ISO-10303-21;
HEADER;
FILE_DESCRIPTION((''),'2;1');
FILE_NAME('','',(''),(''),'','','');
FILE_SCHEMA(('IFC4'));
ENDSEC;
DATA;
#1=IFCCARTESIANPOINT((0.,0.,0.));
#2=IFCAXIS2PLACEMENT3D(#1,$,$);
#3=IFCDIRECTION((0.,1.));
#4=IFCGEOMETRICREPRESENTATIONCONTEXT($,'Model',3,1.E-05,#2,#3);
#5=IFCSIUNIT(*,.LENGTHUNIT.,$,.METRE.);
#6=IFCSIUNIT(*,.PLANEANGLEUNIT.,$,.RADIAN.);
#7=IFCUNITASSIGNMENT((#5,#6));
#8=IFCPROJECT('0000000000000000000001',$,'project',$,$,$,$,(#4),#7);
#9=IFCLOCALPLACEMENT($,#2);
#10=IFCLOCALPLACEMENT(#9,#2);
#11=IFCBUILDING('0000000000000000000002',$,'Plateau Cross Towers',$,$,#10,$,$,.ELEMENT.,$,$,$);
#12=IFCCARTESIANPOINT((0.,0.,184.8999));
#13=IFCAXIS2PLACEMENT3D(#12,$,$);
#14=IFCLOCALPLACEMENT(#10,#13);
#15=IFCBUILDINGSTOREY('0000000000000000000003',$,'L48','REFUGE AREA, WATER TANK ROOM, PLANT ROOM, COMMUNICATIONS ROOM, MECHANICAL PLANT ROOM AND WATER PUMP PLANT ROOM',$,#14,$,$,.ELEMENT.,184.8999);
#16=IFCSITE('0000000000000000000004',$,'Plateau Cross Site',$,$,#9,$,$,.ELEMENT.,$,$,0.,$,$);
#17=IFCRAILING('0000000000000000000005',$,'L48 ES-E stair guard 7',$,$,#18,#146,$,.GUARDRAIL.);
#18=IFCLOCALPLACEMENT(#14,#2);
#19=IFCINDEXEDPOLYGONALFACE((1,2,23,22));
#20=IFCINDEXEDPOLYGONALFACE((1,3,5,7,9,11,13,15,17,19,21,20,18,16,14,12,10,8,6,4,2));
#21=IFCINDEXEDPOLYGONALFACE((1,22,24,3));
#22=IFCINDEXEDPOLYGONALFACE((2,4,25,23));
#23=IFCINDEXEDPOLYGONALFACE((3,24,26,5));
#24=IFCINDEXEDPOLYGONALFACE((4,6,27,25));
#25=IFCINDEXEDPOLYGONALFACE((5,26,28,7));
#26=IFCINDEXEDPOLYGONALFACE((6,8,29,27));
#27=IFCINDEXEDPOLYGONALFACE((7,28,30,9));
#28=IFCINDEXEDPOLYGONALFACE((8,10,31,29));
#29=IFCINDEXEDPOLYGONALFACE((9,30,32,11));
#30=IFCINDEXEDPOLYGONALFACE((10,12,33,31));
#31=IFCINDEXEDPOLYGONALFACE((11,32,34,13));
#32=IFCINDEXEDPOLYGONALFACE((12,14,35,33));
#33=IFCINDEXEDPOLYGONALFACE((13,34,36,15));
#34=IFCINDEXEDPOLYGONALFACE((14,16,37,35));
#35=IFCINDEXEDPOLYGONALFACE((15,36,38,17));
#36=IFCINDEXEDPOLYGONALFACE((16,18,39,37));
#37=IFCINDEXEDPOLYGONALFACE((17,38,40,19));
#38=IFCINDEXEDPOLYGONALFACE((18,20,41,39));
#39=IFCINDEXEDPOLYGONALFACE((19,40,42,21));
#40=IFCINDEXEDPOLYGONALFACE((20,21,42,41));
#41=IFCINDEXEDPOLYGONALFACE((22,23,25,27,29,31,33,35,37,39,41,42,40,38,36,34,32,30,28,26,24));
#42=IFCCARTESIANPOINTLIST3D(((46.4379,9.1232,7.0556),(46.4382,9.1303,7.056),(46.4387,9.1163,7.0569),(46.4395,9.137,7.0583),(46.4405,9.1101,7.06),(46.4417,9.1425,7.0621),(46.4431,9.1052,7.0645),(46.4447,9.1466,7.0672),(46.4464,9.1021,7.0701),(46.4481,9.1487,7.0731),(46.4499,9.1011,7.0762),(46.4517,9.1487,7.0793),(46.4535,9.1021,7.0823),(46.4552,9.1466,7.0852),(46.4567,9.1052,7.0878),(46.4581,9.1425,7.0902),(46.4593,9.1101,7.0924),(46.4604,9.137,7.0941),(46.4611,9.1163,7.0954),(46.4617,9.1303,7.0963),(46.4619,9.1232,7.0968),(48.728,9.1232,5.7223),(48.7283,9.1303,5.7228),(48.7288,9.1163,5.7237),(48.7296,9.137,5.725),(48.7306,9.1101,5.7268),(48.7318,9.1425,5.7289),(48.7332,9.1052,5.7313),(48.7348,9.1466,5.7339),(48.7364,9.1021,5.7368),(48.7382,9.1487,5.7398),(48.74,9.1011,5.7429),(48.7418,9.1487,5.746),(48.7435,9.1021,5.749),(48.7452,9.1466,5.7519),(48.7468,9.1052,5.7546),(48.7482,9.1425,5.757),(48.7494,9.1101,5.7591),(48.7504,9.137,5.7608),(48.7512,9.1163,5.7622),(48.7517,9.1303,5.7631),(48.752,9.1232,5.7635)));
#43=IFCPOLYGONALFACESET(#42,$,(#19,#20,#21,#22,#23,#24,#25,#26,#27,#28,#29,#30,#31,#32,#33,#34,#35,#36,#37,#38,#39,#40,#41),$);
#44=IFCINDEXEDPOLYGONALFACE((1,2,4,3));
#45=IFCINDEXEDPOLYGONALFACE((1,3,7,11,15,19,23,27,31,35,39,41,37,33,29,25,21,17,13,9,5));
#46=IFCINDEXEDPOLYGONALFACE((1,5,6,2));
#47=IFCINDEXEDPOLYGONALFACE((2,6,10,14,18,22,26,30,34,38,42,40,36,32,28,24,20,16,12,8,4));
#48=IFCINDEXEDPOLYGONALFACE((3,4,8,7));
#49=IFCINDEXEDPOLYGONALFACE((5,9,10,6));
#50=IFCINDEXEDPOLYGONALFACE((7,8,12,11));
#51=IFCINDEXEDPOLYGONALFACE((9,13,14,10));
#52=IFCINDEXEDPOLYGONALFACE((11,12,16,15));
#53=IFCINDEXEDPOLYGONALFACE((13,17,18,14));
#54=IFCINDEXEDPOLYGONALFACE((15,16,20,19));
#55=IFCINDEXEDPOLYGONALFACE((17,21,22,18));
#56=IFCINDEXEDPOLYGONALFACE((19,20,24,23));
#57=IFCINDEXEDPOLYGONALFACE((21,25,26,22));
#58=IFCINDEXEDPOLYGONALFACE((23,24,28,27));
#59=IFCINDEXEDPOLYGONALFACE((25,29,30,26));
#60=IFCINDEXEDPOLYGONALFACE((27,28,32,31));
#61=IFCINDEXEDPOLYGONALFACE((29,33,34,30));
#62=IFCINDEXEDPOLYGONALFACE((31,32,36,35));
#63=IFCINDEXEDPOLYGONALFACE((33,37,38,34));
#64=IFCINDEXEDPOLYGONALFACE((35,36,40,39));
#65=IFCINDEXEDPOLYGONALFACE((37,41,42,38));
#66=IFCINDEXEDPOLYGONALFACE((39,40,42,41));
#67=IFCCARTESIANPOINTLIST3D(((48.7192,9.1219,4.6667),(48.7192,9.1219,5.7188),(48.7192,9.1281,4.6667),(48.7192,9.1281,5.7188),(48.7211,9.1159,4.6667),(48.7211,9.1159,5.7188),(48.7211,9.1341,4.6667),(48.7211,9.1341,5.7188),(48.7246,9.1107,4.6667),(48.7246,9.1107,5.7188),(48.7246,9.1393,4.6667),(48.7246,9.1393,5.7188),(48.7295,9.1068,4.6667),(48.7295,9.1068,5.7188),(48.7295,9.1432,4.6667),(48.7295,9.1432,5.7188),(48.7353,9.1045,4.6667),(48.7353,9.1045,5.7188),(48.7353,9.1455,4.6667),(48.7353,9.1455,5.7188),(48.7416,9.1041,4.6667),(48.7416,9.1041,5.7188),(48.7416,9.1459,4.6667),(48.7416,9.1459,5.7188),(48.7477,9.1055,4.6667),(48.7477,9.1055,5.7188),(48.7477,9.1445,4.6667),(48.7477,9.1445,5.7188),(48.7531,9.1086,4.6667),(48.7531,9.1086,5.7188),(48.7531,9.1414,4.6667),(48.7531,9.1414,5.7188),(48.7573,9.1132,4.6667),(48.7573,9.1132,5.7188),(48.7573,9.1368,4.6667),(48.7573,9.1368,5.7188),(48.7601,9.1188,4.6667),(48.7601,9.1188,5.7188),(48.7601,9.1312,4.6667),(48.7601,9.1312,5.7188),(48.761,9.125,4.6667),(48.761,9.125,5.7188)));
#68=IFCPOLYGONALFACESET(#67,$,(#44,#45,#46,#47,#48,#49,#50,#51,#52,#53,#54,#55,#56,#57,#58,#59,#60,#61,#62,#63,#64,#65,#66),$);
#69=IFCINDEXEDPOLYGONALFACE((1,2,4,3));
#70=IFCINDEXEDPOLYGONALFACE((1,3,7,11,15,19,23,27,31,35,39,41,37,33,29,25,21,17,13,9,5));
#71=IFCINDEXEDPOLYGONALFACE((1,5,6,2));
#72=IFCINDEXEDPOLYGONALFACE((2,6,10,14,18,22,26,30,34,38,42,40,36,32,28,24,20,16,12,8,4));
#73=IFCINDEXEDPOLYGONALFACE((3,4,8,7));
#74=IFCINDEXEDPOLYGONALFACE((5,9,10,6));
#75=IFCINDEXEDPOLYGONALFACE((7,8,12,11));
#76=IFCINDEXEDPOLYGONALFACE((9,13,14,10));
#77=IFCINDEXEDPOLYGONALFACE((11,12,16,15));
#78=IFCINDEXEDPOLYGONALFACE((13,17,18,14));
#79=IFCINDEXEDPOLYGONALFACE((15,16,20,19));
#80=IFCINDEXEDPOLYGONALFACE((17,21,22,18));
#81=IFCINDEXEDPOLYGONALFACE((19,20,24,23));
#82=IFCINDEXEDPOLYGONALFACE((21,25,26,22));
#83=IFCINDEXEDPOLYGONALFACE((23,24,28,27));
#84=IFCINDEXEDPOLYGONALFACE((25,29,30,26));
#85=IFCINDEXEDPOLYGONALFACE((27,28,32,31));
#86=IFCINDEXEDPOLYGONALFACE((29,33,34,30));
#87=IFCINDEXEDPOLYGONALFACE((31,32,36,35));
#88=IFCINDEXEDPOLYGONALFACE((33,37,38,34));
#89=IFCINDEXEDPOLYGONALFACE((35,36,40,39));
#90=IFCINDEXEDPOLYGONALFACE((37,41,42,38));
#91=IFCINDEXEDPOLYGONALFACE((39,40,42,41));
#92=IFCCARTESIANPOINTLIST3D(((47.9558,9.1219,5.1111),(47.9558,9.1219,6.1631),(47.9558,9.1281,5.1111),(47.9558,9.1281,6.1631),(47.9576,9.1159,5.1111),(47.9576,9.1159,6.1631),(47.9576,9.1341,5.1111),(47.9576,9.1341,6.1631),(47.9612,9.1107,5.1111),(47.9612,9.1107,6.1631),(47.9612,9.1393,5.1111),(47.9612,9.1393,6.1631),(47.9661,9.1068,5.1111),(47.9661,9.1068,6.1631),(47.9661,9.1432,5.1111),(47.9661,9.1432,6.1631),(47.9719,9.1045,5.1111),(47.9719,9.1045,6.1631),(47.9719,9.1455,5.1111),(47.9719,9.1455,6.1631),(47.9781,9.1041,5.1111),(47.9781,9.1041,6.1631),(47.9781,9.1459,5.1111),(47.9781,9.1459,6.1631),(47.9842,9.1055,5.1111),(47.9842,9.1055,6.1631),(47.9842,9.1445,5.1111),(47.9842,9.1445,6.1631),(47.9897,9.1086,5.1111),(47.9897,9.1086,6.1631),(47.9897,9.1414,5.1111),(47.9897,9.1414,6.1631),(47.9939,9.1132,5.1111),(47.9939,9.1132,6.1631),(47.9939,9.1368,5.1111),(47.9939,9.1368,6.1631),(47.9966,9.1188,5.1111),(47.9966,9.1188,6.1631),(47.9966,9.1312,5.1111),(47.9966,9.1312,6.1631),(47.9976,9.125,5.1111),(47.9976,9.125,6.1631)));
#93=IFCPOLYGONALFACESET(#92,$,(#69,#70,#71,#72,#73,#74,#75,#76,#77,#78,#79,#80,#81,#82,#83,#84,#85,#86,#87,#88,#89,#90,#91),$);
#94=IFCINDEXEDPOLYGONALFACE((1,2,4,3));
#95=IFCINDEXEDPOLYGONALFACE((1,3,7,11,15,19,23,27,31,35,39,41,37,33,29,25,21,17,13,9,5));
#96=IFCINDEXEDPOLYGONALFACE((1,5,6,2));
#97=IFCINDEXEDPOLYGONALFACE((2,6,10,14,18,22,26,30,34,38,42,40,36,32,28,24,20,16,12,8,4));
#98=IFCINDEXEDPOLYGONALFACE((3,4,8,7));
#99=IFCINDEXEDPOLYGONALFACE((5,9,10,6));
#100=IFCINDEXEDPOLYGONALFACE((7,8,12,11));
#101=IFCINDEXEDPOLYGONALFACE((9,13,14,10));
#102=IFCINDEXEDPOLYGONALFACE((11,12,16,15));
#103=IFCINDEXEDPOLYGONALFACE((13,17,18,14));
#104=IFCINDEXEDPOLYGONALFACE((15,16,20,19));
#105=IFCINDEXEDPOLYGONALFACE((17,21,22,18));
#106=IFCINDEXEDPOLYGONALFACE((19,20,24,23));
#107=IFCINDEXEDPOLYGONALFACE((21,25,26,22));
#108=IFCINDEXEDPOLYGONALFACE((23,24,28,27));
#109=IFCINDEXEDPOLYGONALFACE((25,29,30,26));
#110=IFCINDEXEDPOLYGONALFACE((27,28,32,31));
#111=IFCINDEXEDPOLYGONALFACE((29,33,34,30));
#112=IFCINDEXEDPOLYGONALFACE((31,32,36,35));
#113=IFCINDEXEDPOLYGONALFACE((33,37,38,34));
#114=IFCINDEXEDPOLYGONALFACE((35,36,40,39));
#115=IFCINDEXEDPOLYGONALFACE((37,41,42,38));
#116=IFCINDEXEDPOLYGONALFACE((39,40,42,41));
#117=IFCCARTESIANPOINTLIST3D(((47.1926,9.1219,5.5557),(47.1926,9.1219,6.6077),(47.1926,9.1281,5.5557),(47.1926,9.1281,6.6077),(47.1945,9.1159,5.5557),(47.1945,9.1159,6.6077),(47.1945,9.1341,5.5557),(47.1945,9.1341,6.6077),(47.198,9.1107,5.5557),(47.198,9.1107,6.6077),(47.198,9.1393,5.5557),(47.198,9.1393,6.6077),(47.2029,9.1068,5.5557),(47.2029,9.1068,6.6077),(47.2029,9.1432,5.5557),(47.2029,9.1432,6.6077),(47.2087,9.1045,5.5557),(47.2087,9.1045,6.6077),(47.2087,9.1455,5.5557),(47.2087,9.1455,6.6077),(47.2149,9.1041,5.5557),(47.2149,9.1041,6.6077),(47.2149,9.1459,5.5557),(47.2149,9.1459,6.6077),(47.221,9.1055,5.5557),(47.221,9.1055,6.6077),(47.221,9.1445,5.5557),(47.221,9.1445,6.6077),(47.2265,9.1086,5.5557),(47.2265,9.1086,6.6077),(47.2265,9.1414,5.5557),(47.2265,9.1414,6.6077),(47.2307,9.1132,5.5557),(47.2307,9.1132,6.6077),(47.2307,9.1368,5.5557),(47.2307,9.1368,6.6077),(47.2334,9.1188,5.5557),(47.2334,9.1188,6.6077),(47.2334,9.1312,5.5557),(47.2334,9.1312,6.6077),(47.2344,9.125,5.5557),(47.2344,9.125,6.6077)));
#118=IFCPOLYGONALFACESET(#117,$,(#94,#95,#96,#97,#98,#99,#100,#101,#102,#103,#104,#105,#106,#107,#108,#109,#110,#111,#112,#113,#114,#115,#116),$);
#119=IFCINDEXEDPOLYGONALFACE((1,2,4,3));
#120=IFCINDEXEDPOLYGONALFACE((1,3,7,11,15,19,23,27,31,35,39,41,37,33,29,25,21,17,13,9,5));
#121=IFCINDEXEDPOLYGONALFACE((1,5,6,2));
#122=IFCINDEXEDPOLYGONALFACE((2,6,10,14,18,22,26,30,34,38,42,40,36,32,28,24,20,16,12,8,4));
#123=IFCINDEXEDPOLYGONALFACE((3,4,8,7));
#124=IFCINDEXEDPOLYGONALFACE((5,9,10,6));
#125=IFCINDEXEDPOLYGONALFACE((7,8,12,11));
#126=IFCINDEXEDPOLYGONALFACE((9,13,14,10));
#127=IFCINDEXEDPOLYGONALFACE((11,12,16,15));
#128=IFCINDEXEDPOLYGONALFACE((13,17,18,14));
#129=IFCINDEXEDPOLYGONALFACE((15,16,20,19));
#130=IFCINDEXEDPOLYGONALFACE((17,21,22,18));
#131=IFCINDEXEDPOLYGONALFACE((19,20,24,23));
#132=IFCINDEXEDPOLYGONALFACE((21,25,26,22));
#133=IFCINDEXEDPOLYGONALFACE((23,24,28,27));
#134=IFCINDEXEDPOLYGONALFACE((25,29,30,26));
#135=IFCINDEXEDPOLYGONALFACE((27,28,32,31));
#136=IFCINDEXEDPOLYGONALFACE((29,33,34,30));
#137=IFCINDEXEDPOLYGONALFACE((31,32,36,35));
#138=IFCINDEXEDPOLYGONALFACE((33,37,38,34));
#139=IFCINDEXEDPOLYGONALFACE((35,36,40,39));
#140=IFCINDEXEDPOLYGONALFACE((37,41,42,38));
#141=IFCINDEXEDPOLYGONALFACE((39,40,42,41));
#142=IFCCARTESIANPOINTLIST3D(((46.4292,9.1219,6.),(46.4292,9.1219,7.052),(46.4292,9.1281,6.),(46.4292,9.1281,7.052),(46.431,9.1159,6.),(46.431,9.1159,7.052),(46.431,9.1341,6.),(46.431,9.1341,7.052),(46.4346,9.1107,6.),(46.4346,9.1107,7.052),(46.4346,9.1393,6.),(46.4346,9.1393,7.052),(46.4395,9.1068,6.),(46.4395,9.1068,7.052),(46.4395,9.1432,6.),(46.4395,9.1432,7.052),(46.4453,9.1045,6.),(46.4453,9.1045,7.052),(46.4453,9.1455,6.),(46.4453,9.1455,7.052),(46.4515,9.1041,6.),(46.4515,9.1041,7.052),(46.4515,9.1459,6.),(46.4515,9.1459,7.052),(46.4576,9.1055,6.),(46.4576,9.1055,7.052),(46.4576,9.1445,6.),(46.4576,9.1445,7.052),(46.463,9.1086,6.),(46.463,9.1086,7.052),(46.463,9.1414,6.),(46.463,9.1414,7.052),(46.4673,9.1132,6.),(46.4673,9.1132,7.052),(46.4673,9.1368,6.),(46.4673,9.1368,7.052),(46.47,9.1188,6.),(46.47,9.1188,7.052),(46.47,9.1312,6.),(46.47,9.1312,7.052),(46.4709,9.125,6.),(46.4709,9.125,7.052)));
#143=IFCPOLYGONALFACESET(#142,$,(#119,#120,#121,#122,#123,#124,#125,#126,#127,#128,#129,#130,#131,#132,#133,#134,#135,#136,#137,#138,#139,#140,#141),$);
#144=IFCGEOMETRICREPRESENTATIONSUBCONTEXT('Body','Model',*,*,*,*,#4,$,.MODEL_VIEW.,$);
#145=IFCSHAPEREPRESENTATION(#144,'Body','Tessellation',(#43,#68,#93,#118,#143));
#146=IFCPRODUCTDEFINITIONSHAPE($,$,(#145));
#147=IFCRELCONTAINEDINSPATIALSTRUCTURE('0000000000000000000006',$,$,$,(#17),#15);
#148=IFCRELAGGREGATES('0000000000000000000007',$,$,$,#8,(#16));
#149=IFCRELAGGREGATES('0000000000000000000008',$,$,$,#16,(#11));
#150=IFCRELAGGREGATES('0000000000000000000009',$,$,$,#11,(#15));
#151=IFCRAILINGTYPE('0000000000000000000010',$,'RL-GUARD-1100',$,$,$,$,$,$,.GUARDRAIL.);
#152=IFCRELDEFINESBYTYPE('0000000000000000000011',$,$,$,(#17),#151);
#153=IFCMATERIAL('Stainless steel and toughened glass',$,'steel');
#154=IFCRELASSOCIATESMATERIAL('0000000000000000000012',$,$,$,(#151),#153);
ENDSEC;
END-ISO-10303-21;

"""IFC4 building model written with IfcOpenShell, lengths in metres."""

from ifc_helpers import new_model, si_unit, direction, frame, origin, origin_2d, place, context, subcontext, project, spatial, circle, extrude, material, type_object, element, save


model = new_model("IFC4")

# Units and contexts
model_context = context("Model", 3, precision=1e-05, world=origin(), true_north=direction((0.0, 1.0)))
body_context = subcontext(model_context, "Body", "Model", "MODEL_VIEW")
ifc_project = project(units=[si_unit("LENGTHUNIT", "METRE"), si_unit("PLANEANGLEUNIT", "RADIAN")], contexts=[model_context])

# Site, building, storey
site_placement = place(None, origin())
site = spatial("IfcSite", under=ifc_project, at=site_placement, Name="Plateau Cross Site", CompositionType="ELEMENT", RefElevation=0.0)
building_placement = place(site_placement, origin())
building = spatial("IfcBuilding", under=site, at=building_placement, Name="Plateau Cross Towers", CompositionType="ELEMENT")
storey_placement = place(building_placement, frame((0.0, 0.0, 184.8999)))
storey = spatial("IfcBuildingStorey", under=building, at=storey_placement, Name="L48", Description="REFUGE AREA, WATER TANK ROOM, PLANT ROOM, COMMUNICATIONS ROOM, MECHANICAL PLANT ROOM AND WATER PUMP PLANT ROOM", CompositionType="ELEMENT", Elevation=184.8999)

# Railing
ifc_material_1 = material(Name="Stainless steel and toughened glass", Category="steel")
railing_type_1 = type_object("IfcRailingType", Name="RL-GUARD-1100", PredefinedType="GUARDRAIL", material=ifc_material_1)
railing_1_placement = place(storey_placement, frame((48.74, 9.125, 4.6667)))
element("IfcRailing", 1, at=railing_1_placement, inside=storey, type_object=railing_type_1, Name="L48 ES-E stair guard 7", PredefinedType="GUARDRAIL", context=body_context, shape_type="SweptSolid", body=[
    extrude(circle(Radius=0.0239, at=origin_2d()), frame((0.0, 0.0, 1.0762), z_axis=(-0.864206, 0.0, 0.503138), x_axis=(0.0, -1.0, 0.0)), (0.0, 0.0, 1.0), 2.6499),
    extrude(circle(Radius=0.021, at=origin_2d()), origin(), (0.0, 0.0, 1.0), 1.052),
    extrude(circle(Radius=0.021, at=origin_2d()), frame((-0.7634, 0.0, 0.4443)), (0.0, 0.0, 1.0), 1.052),
    extrude(circle(Radius=0.021, at=origin_2d()), frame((-1.5266, 0.0, 0.8889)), (0.0, 0.0, 1.0), 1.052),
    extrude(circle(Radius=0.021, at=origin_2d()), frame((-2.29, 0.0, 1.3333)), (0.0, 0.0, 1.0), 1.052),
])

save(model, "model.ifc")
